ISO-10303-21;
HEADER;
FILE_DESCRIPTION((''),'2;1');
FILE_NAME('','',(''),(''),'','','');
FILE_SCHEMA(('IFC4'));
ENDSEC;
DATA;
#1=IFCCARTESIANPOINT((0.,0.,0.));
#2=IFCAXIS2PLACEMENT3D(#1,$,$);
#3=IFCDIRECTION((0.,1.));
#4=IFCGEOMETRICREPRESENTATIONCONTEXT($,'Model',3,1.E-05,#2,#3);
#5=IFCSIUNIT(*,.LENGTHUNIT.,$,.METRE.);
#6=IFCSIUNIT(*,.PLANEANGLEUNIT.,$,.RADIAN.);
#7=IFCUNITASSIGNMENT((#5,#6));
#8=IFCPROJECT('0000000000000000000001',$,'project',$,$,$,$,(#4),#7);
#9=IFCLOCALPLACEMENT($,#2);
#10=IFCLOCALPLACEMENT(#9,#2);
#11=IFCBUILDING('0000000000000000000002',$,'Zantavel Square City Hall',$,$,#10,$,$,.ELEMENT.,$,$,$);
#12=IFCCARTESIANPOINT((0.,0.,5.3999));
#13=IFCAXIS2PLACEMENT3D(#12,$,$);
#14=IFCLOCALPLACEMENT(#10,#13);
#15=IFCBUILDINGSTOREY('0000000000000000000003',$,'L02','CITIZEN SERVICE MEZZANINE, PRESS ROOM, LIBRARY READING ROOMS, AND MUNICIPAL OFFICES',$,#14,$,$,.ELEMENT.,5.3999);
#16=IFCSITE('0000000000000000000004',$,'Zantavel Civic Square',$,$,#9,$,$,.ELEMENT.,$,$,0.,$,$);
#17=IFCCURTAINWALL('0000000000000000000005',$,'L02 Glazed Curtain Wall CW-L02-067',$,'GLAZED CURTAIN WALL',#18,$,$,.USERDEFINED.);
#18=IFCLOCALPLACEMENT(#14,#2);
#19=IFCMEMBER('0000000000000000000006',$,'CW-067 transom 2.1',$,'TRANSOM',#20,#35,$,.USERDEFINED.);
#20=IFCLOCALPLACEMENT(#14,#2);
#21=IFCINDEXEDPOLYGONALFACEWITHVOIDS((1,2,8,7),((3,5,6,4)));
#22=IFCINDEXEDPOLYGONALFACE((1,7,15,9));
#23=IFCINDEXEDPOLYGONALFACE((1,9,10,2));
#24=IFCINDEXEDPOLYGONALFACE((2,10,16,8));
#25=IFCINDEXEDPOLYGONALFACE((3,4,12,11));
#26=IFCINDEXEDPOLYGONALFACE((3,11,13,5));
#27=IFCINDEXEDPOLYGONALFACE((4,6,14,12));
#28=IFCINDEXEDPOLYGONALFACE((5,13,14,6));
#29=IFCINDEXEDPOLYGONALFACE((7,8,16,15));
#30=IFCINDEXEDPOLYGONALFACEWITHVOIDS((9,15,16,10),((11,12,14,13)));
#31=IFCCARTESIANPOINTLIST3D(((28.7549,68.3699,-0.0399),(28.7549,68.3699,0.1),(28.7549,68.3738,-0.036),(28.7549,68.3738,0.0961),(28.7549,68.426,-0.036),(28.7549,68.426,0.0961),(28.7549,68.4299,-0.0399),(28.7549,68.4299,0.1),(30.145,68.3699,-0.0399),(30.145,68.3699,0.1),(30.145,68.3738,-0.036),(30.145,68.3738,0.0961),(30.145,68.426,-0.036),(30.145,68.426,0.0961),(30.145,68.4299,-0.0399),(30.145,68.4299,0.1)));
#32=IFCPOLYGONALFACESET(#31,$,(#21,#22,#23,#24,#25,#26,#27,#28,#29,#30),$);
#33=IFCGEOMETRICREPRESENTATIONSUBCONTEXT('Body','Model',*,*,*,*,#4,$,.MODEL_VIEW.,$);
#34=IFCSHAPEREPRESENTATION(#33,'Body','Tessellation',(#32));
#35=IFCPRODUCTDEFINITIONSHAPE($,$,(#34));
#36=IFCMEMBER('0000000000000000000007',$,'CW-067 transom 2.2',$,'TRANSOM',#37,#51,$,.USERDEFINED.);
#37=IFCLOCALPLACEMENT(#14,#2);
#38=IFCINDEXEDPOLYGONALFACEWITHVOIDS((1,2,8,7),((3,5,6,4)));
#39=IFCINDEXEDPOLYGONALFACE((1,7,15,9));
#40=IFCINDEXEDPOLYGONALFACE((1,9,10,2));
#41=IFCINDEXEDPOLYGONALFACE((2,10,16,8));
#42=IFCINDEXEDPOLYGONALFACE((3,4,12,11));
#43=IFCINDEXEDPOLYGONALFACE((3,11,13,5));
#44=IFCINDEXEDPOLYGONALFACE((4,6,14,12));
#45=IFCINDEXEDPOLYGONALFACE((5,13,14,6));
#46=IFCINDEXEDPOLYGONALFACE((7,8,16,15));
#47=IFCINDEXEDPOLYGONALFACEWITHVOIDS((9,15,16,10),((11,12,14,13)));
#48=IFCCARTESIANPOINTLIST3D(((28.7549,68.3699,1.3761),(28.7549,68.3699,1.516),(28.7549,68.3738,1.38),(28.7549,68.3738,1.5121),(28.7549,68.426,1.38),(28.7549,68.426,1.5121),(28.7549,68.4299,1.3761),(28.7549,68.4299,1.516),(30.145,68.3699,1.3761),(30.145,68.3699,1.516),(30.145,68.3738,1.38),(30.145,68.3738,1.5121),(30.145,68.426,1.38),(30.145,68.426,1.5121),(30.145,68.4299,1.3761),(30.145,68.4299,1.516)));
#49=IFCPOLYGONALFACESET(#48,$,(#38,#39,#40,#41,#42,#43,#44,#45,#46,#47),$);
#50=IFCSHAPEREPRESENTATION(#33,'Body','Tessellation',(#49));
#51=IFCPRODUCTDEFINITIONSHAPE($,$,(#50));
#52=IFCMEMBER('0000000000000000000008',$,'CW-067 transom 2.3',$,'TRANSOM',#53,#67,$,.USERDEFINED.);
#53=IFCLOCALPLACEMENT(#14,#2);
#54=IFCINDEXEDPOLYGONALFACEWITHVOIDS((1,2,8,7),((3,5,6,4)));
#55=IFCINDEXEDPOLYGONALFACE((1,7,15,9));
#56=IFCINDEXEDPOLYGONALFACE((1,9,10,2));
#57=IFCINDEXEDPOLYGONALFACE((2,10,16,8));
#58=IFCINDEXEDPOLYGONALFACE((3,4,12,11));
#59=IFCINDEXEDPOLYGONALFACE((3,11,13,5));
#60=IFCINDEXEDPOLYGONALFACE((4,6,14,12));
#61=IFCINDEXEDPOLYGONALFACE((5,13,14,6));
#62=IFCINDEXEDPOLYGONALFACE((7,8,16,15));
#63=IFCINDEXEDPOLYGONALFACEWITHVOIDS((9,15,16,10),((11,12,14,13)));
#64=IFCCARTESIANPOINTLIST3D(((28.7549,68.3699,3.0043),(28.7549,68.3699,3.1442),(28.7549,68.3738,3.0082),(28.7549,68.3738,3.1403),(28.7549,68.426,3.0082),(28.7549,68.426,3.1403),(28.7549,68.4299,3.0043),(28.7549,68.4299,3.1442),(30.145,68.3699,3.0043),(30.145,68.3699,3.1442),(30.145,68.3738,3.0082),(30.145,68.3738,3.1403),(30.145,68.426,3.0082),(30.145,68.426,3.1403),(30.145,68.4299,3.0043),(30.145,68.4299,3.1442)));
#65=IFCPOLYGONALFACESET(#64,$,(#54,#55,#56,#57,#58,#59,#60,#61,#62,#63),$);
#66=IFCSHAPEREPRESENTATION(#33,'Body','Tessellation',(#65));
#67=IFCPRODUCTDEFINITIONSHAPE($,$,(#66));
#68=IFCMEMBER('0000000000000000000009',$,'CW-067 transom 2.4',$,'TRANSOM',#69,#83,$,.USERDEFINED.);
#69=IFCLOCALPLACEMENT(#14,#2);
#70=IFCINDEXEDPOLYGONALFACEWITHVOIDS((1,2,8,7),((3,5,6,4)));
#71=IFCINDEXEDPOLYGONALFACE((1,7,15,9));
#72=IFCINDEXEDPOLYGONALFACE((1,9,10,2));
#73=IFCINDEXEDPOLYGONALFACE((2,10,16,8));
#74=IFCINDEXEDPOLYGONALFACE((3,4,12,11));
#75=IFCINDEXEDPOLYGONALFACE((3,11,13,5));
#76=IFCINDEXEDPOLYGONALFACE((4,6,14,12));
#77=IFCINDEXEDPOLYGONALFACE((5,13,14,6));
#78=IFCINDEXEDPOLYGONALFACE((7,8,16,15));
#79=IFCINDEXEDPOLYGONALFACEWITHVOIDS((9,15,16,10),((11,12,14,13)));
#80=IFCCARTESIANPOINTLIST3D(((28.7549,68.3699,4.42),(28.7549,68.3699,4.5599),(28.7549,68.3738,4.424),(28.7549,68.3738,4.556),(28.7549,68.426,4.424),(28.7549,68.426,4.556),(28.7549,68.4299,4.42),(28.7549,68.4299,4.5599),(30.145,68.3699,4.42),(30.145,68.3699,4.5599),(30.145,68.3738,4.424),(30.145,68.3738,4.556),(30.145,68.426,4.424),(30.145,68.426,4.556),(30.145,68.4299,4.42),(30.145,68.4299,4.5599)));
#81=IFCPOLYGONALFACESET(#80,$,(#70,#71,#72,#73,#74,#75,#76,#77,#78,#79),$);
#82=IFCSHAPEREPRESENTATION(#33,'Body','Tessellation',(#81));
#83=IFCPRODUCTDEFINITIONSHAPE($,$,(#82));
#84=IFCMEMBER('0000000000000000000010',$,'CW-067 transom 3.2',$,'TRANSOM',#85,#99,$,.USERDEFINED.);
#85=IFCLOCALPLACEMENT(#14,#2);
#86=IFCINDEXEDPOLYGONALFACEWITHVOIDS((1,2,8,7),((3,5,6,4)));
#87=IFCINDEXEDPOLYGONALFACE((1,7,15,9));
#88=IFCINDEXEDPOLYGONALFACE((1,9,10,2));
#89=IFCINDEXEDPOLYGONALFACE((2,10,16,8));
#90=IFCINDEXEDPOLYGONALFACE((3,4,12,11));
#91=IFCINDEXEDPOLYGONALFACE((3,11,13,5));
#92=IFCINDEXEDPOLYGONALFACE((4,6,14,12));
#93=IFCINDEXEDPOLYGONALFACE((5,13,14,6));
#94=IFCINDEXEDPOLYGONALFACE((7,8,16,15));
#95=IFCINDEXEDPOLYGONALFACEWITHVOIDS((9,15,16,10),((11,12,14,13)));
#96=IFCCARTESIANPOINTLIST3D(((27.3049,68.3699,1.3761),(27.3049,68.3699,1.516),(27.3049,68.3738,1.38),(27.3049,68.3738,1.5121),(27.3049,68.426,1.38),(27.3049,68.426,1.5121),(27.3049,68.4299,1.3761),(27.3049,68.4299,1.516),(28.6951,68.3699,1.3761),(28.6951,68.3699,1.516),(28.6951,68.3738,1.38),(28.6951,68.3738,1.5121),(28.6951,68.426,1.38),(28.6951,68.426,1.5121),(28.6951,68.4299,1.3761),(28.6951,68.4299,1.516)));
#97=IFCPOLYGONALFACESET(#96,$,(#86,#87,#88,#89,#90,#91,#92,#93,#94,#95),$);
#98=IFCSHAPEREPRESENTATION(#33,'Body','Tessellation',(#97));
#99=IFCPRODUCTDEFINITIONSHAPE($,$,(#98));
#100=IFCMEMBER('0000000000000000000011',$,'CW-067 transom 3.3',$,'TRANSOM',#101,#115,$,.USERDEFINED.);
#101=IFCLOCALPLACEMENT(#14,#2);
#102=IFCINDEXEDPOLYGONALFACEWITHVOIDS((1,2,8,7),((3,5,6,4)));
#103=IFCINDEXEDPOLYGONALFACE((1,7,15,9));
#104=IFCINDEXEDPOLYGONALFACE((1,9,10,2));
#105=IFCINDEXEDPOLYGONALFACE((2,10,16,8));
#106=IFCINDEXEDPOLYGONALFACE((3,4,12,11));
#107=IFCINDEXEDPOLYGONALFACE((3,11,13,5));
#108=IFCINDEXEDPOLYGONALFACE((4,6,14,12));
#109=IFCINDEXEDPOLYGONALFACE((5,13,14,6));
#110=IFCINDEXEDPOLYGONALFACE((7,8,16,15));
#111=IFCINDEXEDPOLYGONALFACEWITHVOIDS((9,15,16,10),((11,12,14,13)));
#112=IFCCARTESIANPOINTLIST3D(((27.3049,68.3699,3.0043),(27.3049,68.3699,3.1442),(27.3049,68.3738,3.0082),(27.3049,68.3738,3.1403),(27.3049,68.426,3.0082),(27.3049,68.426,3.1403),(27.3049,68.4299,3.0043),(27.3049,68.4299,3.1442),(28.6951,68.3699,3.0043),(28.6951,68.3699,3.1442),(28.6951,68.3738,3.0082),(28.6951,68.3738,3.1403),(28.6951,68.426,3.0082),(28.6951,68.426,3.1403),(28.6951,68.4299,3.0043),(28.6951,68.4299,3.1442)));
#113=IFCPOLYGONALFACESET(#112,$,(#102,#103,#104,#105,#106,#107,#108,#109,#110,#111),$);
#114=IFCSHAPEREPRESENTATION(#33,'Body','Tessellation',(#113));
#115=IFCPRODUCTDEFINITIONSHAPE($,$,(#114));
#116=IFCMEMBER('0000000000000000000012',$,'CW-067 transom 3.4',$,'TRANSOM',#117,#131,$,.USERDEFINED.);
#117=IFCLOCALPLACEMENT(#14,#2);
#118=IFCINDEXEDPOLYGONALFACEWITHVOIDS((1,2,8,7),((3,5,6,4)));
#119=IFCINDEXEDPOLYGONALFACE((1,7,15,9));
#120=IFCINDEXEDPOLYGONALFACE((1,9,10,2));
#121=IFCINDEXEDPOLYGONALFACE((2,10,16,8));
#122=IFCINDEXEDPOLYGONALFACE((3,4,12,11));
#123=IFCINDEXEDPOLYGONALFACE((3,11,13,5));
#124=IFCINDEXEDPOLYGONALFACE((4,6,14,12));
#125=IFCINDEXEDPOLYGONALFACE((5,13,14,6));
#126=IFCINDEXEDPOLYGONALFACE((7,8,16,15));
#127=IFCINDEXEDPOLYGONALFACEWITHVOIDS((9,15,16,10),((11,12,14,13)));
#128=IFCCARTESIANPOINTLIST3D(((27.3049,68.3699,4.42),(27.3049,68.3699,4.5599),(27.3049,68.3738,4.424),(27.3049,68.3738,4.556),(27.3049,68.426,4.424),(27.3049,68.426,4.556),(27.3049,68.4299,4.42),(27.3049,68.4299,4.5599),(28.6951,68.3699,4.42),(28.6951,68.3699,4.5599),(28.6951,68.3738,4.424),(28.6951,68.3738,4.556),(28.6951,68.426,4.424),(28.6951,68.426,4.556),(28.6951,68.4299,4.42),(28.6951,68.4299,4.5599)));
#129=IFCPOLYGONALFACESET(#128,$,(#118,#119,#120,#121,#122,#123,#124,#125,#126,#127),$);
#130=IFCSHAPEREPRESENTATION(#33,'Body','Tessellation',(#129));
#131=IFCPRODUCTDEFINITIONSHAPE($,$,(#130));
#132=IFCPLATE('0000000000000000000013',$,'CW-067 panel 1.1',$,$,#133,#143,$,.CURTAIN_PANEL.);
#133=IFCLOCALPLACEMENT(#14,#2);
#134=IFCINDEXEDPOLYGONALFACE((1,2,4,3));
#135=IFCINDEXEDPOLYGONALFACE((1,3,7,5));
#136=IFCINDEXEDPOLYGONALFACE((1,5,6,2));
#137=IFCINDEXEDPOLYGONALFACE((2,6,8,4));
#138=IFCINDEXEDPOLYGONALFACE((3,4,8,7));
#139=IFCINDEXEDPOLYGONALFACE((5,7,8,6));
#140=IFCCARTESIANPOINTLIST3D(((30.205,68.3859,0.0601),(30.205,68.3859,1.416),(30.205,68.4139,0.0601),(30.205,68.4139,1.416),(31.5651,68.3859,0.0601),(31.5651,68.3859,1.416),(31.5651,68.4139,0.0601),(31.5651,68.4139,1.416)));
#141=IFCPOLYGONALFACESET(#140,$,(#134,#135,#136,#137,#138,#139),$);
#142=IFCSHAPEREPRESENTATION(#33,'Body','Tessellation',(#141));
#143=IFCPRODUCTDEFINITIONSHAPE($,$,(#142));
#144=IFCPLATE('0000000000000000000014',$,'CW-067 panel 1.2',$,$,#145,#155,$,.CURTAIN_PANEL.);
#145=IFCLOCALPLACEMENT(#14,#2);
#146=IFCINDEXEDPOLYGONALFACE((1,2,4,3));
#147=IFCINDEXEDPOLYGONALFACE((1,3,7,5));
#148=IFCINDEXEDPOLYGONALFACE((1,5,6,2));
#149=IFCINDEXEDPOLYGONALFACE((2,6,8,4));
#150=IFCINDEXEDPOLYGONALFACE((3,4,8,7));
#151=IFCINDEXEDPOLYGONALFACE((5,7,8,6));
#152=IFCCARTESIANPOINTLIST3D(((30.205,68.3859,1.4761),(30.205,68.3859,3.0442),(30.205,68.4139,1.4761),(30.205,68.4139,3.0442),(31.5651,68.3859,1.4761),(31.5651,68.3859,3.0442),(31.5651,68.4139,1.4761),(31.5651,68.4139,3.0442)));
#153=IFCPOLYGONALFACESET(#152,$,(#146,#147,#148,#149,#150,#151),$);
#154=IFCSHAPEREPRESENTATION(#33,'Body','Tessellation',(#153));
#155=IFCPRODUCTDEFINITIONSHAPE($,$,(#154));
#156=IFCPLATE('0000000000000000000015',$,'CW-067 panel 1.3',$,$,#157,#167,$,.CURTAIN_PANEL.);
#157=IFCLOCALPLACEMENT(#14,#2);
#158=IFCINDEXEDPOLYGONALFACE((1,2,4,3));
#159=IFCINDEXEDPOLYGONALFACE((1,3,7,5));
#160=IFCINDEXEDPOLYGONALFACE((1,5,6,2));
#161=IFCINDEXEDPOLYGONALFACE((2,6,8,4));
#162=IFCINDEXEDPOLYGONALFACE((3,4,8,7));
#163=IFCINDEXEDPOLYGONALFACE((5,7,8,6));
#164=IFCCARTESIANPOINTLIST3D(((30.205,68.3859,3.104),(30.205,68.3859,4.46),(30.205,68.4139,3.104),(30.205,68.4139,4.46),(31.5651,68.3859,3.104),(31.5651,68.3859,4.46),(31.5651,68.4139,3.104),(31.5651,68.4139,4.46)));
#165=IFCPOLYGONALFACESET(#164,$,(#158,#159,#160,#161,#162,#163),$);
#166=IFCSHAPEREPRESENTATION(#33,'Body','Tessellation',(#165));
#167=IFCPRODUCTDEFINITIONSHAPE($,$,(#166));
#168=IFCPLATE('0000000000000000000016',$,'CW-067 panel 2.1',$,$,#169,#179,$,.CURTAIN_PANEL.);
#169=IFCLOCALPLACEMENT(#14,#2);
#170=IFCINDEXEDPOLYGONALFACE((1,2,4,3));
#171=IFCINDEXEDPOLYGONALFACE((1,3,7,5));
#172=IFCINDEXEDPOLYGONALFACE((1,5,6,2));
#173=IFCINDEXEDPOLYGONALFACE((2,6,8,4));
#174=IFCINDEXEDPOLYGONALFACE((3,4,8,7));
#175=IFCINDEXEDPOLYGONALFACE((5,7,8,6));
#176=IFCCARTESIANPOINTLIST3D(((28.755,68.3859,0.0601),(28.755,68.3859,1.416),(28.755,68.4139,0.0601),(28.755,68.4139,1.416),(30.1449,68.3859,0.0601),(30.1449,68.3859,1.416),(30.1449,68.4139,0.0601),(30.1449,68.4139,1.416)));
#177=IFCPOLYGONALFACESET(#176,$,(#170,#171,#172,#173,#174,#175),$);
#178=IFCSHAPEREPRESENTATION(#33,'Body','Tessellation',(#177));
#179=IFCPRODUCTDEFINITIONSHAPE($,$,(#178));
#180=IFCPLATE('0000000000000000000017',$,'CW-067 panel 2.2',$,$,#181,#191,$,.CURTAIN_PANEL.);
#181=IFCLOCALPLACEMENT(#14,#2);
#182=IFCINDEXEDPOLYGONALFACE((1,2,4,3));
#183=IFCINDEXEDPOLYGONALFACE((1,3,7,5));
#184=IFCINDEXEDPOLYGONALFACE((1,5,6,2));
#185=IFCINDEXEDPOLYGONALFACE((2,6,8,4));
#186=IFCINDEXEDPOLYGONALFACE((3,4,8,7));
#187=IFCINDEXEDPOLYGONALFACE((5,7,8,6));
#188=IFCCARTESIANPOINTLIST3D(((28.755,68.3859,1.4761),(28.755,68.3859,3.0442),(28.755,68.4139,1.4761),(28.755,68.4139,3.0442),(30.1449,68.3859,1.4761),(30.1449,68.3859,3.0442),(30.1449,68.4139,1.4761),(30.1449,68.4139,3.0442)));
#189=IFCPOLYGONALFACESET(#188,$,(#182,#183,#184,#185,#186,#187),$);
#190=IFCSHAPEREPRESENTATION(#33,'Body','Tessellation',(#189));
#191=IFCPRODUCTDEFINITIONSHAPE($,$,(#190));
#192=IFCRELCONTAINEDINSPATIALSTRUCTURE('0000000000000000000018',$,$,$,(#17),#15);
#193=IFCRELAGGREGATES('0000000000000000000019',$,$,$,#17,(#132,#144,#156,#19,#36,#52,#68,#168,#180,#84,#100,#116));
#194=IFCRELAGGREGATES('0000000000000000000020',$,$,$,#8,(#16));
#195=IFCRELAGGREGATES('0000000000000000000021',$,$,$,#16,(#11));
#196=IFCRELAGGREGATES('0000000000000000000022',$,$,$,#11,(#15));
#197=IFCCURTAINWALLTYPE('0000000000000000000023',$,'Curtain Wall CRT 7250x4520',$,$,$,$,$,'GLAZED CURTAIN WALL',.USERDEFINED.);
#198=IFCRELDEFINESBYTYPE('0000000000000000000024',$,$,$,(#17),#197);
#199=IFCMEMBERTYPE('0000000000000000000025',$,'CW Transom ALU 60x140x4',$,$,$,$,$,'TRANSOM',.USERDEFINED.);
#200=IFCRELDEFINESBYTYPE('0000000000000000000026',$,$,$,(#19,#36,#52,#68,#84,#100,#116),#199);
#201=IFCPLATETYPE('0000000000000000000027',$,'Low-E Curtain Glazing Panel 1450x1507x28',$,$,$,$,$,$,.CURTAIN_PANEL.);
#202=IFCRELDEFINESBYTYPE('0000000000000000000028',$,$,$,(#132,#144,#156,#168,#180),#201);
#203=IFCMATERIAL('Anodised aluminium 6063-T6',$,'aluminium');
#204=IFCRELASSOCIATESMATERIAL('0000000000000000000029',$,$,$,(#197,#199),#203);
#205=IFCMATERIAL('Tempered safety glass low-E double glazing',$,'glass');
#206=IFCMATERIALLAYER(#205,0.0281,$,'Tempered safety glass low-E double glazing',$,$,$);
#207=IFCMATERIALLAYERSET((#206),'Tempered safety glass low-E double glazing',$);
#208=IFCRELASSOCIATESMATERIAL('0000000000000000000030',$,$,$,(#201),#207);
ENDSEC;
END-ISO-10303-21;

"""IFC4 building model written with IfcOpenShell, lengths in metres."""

from ifc_helpers import new_model, si_unit, direction, frame, origin, origin_2d, place, context, subcontext, project, spatial, rectangle, hollow_rectangle, extrude, material, layer, layer_set, material_profile, profile_set, type_object, element, aggregate, save


model = new_model("IFC4")

# Units and contexts
model_context = context("Model", 3, precision=1e-05, world=origin(), true_north=direction((0.0, 1.0)))
body_context = subcontext(model_context, "Body", "Model", "MODEL_VIEW")
ifc_project = project(units=[si_unit("LENGTHUNIT", "METRE"), si_unit("PLANEANGLEUNIT", "RADIAN")], contexts=[model_context])

# Site, building, storey
site_placement = place(None, origin())
site = spatial("IfcSite", under=ifc_project, at=site_placement, Name="Zantavel Civic Square", CompositionType="ELEMENT", RefElevation=0.0)
building_placement = place(site_placement, origin())
building = spatial("IfcBuilding", under=site, at=building_placement, Name="Zantavel Square City Hall", CompositionType="ELEMENT")
storey_placement = place(building_placement, frame((0.0, 0.0, 5.3999)))
storey = spatial("IfcBuildingStorey", under=building, at=storey_placement, Name="L02", Description="CITIZEN SERVICE MEZZANINE, PRESS ROOM, LIBRARY READING ROOMS, AND MUNICIPAL OFFICES", CompositionType="ELEMENT", Elevation=5.3999)

# Curtain wall
ifc_material_1 = material(Name="Anodised aluminium 6063-T6", Category="aluminium")
curtain_wall_type = type_object("IfcCurtainWallType", Name="Curtain Wall CRT 7250x4520", ElementType="GLAZED CURTAIN WALL", PredefinedType="USERDEFINED", material=ifc_material_1)
curtain_wall_1_placement = place(storey_placement, origin())
curtain_wall_1 = element("IfcCurtainWall", 1, at=curtain_wall_1_placement, inside=storey, type_object=curtain_wall_type, Name="L02 Glazed Curtain Wall CW-L02-067", ObjectType="GLAZED CURTAIN WALL", PredefinedType="USERDEFINED")

# Members
ifc_material_profile_1 = material_profile(ifc_material_1, hollow_rectangle(XDim=0.0601, YDim=0.1399, WallThickness=0.0039, at=origin_2d()), Name="ALU 60x140x4")
ifc_profile_set_1 = profile_set([ifc_material_profile_1], Name="Anodised aluminium 6063-T6")
member_type_1 = type_object("IfcMemberType", Name="CW Transom ALU 60x140x4", ElementType="TRANSOM", PredefinedType="USERDEFINED", material=ifc_profile_set_1)
member_1_placement = place(storey_placement, frame((30.145, 68.3999, 0.03), z_axis=(-1.0, 0.0, 0.0), x_axis=(0.0, -1.0, 0.0)))
member_1 = element("IfcMember", 2, at=member_1_placement, type_object=member_type_1, Name="CW-067 transom 2.1", ObjectType="TRANSOM", PredefinedType="USERDEFINED", context=body_context, shape_type="SweptSolid", body=[
    extrude(hollow_rectangle(XDim=0.0601, YDim=0.1399, WallThickness=0.0039, at=origin_2d()), origin(), (0.0, 0.0, 1.0), 1.3901),
])
member_2_placement = place(storey_placement, frame((30.145, 68.3999, 1.446), z_axis=(-1.0, 0.0, 0.0), x_axis=(0.0, -1.0, 0.0)))
member_2 = element("IfcMember", 3, at=member_2_placement, type_object=member_type_1, Name="CW-067 transom 2.2", ObjectType="TRANSOM", PredefinedType="USERDEFINED", context=body_context, shape_type="SweptSolid", body=[
    extrude(hollow_rectangle(XDim=0.0601, YDim=0.1399, WallThickness=0.0039, at=origin_2d()), origin(), (0.0, 0.0, 1.0), 1.3901),
])
member_3_placement = place(storey_placement, frame((30.145, 68.3999, 3.0742), z_axis=(-1.0, 0.0, 0.0), x_axis=(0.0, -1.0, 0.0)))
member_3 = element("IfcMember", 4, at=member_3_placement, type_object=member_type_1, Name="CW-067 transom 2.3", ObjectType="TRANSOM", PredefinedType="USERDEFINED", context=body_context, shape_type="SweptSolid", body=[
    extrude(hollow_rectangle(XDim=0.0601, YDim=0.1399, WallThickness=0.0039, at=origin_2d()), origin(), (0.0, 0.0, 1.0), 1.3901),
])
member_4_placement = place(storey_placement, frame((30.145, 68.3999, 4.49), z_axis=(-1.0, 0.0, 0.0), x_axis=(0.0, -1.0, 0.0)))
member_4 = element("IfcMember", 5, at=member_4_placement, type_object=member_type_1, Name="CW-067 transom 2.4", ObjectType="TRANSOM", PredefinedType="USERDEFINED", context=body_context, shape_type="SweptSolid", body=[
    extrude(hollow_rectangle(XDim=0.0601, YDim=0.1399, WallThickness=0.0039, at=origin_2d()), origin(), (0.0, 0.0, 1.0), 1.3901),
])
member_5_placement = place(storey_placement, frame((28.6951, 68.3999, 1.446), z_axis=(-1.0, 0.0, 0.0), x_axis=(0.0, -1.0, 0.0)))
member_5 = element("IfcMember", 6, at=member_5_placement, type_object=member_type_1, Name="CW-067 transom 3.2", ObjectType="TRANSOM", PredefinedType="USERDEFINED", context=body_context, shape_type="SweptSolid", body=[
    extrude(hollow_rectangle(XDim=0.0601, YDim=0.1399, WallThickness=0.0039, at=origin_2d()), origin(), (0.0, 0.0, 1.0), 1.3901),
])
member_6_placement = place(storey_placement, frame((28.6951, 68.3999, 3.0742), z_axis=(-1.0, 0.0, 0.0), x_axis=(0.0, -1.0, 0.0)))
member_6 = element("IfcMember", 7, at=member_6_placement, type_object=member_type_1, Name="CW-067 transom 3.3", ObjectType="TRANSOM", PredefinedType="USERDEFINED", context=body_context, shape_type="SweptSolid", body=[
    extrude(hollow_rectangle(XDim=0.0601, YDim=0.1399, WallThickness=0.0039, at=origin_2d()), origin(), (0.0, 0.0, 1.0), 1.3901),
])
member_7_placement = place(storey_placement, frame((28.6951, 68.3999, 4.49), z_axis=(-1.0, 0.0, 0.0), x_axis=(0.0, -1.0, 0.0)))
member_7 = element("IfcMember", 8, at=member_7_placement, type_object=member_type_1, Name="CW-067 transom 3.4", ObjectType="TRANSOM", PredefinedType="USERDEFINED", context=body_context, shape_type="SweptSolid", body=[
    extrude(hollow_rectangle(XDim=0.0601, YDim=0.1399, WallThickness=0.0039, at=origin_2d()), origin(), (0.0, 0.0, 1.0), 1.3901),
])

# Plates
ifc_material_2 = material(Name="Tempered safety glass low-E double glazing", Category="glass")
ifc_layer = layer(ifc_material_2, 0.0281, Name="Tempered safety glass low-E double glazing")
ifc_layer_set = layer_set([ifc_layer], Name="Tempered safety glass low-E double glazing")
plate_type = type_object("IfcPlateType", Name="Low-E Curtain Glazing Panel 1450x1507x28", PredefinedType="CURTAIN_PANEL", material=ifc_layer_set)
plate_1_placement = place(storey_placement, frame((30.885, 68.3999, 0.0601), z_axis=(0.0, 0.0, 1.0), x_axis=(-1.0, 0.0, 0.0)))
plate_1 = element("IfcPlate", 9, at=plate_1_placement, type_object=plate_type, Name="CW-067 panel 1.1", PredefinedType="CURTAIN_PANEL", context=body_context, shape_type="SweptSolid", body=[
    extrude(rectangle(XDim=1.3601, YDim=0.0281, at=origin_2d()), origin(), (0.0, 0.0, 1.0), 1.356),
])
plate_2_placement = place(storey_placement, frame((30.885, 68.3999, 1.4761), z_axis=(0.0, 0.0, 1.0), x_axis=(-1.0, 0.0, 0.0)))
plate_2 = element("IfcPlate", 10, at=plate_2_placement, type_object=plate_type, Name="CW-067 panel 1.2", PredefinedType="CURTAIN_PANEL", context=body_context, shape_type="SweptSolid", body=[
    extrude(rectangle(XDim=1.3601, YDim=0.0281, at=origin_2d()), origin(), (0.0, 0.0, 1.0), 1.5681),
])
plate_3_placement = place(storey_placement, frame((30.885, 68.3999, 3.104), z_axis=(0.0, 0.0, 1.0), x_axis=(-1.0, 0.0, 0.0)))
plate_3 = element("IfcPlate", 11, at=plate_3_placement, type_object=plate_type, Name="CW-067 panel 1.3", PredefinedType="CURTAIN_PANEL", context=body_context, shape_type="SweptSolid", body=[
    extrude(rectangle(XDim=1.3601, YDim=0.0281, at=origin_2d()), origin(), (0.0, 0.0, 1.0), 1.356),
])
plate_4_placement = place(storey_placement, frame((29.45, 68.3999, 0.0601), z_axis=(0.0, 0.0, 1.0), x_axis=(-1.0, 0.0, 0.0)))
plate_4 = element("IfcPlate", 12, at=plate_4_placement, type_object=plate_type, Name="CW-067 panel 2.1", PredefinedType="CURTAIN_PANEL", context=body_context, shape_type="SweptSolid", body=[
    extrude(rectangle(XDim=1.3899, YDim=0.0281, at=origin_2d()), origin(), (0.0, 0.0, 1.0), 1.356),
])
plate_5_placement = place(storey_placement, frame((29.45, 68.3999, 1.4761), z_axis=(0.0, 0.0, 1.0), x_axis=(-1.0, 0.0, 0.0)))
plate_5 = element("IfcPlate", 13, at=plate_5_placement, type_object=plate_type, Name="CW-067 panel 2.2", PredefinedType="CURTAIN_PANEL", context=body_context, shape_type="SweptSolid", body=[
    extrude(rectangle(XDim=1.3899, YDim=0.0281, at=origin_2d()), origin(), (0.0, 0.0, 1.0), 1.5681),
])
aggregate(curtain_wall_1, [plate_1, plate_2, plate_3, member_1, member_2, member_3, member_4, plate_4, plate_5, member_5, member_6, member_7])

save(model, "model.ifc")
